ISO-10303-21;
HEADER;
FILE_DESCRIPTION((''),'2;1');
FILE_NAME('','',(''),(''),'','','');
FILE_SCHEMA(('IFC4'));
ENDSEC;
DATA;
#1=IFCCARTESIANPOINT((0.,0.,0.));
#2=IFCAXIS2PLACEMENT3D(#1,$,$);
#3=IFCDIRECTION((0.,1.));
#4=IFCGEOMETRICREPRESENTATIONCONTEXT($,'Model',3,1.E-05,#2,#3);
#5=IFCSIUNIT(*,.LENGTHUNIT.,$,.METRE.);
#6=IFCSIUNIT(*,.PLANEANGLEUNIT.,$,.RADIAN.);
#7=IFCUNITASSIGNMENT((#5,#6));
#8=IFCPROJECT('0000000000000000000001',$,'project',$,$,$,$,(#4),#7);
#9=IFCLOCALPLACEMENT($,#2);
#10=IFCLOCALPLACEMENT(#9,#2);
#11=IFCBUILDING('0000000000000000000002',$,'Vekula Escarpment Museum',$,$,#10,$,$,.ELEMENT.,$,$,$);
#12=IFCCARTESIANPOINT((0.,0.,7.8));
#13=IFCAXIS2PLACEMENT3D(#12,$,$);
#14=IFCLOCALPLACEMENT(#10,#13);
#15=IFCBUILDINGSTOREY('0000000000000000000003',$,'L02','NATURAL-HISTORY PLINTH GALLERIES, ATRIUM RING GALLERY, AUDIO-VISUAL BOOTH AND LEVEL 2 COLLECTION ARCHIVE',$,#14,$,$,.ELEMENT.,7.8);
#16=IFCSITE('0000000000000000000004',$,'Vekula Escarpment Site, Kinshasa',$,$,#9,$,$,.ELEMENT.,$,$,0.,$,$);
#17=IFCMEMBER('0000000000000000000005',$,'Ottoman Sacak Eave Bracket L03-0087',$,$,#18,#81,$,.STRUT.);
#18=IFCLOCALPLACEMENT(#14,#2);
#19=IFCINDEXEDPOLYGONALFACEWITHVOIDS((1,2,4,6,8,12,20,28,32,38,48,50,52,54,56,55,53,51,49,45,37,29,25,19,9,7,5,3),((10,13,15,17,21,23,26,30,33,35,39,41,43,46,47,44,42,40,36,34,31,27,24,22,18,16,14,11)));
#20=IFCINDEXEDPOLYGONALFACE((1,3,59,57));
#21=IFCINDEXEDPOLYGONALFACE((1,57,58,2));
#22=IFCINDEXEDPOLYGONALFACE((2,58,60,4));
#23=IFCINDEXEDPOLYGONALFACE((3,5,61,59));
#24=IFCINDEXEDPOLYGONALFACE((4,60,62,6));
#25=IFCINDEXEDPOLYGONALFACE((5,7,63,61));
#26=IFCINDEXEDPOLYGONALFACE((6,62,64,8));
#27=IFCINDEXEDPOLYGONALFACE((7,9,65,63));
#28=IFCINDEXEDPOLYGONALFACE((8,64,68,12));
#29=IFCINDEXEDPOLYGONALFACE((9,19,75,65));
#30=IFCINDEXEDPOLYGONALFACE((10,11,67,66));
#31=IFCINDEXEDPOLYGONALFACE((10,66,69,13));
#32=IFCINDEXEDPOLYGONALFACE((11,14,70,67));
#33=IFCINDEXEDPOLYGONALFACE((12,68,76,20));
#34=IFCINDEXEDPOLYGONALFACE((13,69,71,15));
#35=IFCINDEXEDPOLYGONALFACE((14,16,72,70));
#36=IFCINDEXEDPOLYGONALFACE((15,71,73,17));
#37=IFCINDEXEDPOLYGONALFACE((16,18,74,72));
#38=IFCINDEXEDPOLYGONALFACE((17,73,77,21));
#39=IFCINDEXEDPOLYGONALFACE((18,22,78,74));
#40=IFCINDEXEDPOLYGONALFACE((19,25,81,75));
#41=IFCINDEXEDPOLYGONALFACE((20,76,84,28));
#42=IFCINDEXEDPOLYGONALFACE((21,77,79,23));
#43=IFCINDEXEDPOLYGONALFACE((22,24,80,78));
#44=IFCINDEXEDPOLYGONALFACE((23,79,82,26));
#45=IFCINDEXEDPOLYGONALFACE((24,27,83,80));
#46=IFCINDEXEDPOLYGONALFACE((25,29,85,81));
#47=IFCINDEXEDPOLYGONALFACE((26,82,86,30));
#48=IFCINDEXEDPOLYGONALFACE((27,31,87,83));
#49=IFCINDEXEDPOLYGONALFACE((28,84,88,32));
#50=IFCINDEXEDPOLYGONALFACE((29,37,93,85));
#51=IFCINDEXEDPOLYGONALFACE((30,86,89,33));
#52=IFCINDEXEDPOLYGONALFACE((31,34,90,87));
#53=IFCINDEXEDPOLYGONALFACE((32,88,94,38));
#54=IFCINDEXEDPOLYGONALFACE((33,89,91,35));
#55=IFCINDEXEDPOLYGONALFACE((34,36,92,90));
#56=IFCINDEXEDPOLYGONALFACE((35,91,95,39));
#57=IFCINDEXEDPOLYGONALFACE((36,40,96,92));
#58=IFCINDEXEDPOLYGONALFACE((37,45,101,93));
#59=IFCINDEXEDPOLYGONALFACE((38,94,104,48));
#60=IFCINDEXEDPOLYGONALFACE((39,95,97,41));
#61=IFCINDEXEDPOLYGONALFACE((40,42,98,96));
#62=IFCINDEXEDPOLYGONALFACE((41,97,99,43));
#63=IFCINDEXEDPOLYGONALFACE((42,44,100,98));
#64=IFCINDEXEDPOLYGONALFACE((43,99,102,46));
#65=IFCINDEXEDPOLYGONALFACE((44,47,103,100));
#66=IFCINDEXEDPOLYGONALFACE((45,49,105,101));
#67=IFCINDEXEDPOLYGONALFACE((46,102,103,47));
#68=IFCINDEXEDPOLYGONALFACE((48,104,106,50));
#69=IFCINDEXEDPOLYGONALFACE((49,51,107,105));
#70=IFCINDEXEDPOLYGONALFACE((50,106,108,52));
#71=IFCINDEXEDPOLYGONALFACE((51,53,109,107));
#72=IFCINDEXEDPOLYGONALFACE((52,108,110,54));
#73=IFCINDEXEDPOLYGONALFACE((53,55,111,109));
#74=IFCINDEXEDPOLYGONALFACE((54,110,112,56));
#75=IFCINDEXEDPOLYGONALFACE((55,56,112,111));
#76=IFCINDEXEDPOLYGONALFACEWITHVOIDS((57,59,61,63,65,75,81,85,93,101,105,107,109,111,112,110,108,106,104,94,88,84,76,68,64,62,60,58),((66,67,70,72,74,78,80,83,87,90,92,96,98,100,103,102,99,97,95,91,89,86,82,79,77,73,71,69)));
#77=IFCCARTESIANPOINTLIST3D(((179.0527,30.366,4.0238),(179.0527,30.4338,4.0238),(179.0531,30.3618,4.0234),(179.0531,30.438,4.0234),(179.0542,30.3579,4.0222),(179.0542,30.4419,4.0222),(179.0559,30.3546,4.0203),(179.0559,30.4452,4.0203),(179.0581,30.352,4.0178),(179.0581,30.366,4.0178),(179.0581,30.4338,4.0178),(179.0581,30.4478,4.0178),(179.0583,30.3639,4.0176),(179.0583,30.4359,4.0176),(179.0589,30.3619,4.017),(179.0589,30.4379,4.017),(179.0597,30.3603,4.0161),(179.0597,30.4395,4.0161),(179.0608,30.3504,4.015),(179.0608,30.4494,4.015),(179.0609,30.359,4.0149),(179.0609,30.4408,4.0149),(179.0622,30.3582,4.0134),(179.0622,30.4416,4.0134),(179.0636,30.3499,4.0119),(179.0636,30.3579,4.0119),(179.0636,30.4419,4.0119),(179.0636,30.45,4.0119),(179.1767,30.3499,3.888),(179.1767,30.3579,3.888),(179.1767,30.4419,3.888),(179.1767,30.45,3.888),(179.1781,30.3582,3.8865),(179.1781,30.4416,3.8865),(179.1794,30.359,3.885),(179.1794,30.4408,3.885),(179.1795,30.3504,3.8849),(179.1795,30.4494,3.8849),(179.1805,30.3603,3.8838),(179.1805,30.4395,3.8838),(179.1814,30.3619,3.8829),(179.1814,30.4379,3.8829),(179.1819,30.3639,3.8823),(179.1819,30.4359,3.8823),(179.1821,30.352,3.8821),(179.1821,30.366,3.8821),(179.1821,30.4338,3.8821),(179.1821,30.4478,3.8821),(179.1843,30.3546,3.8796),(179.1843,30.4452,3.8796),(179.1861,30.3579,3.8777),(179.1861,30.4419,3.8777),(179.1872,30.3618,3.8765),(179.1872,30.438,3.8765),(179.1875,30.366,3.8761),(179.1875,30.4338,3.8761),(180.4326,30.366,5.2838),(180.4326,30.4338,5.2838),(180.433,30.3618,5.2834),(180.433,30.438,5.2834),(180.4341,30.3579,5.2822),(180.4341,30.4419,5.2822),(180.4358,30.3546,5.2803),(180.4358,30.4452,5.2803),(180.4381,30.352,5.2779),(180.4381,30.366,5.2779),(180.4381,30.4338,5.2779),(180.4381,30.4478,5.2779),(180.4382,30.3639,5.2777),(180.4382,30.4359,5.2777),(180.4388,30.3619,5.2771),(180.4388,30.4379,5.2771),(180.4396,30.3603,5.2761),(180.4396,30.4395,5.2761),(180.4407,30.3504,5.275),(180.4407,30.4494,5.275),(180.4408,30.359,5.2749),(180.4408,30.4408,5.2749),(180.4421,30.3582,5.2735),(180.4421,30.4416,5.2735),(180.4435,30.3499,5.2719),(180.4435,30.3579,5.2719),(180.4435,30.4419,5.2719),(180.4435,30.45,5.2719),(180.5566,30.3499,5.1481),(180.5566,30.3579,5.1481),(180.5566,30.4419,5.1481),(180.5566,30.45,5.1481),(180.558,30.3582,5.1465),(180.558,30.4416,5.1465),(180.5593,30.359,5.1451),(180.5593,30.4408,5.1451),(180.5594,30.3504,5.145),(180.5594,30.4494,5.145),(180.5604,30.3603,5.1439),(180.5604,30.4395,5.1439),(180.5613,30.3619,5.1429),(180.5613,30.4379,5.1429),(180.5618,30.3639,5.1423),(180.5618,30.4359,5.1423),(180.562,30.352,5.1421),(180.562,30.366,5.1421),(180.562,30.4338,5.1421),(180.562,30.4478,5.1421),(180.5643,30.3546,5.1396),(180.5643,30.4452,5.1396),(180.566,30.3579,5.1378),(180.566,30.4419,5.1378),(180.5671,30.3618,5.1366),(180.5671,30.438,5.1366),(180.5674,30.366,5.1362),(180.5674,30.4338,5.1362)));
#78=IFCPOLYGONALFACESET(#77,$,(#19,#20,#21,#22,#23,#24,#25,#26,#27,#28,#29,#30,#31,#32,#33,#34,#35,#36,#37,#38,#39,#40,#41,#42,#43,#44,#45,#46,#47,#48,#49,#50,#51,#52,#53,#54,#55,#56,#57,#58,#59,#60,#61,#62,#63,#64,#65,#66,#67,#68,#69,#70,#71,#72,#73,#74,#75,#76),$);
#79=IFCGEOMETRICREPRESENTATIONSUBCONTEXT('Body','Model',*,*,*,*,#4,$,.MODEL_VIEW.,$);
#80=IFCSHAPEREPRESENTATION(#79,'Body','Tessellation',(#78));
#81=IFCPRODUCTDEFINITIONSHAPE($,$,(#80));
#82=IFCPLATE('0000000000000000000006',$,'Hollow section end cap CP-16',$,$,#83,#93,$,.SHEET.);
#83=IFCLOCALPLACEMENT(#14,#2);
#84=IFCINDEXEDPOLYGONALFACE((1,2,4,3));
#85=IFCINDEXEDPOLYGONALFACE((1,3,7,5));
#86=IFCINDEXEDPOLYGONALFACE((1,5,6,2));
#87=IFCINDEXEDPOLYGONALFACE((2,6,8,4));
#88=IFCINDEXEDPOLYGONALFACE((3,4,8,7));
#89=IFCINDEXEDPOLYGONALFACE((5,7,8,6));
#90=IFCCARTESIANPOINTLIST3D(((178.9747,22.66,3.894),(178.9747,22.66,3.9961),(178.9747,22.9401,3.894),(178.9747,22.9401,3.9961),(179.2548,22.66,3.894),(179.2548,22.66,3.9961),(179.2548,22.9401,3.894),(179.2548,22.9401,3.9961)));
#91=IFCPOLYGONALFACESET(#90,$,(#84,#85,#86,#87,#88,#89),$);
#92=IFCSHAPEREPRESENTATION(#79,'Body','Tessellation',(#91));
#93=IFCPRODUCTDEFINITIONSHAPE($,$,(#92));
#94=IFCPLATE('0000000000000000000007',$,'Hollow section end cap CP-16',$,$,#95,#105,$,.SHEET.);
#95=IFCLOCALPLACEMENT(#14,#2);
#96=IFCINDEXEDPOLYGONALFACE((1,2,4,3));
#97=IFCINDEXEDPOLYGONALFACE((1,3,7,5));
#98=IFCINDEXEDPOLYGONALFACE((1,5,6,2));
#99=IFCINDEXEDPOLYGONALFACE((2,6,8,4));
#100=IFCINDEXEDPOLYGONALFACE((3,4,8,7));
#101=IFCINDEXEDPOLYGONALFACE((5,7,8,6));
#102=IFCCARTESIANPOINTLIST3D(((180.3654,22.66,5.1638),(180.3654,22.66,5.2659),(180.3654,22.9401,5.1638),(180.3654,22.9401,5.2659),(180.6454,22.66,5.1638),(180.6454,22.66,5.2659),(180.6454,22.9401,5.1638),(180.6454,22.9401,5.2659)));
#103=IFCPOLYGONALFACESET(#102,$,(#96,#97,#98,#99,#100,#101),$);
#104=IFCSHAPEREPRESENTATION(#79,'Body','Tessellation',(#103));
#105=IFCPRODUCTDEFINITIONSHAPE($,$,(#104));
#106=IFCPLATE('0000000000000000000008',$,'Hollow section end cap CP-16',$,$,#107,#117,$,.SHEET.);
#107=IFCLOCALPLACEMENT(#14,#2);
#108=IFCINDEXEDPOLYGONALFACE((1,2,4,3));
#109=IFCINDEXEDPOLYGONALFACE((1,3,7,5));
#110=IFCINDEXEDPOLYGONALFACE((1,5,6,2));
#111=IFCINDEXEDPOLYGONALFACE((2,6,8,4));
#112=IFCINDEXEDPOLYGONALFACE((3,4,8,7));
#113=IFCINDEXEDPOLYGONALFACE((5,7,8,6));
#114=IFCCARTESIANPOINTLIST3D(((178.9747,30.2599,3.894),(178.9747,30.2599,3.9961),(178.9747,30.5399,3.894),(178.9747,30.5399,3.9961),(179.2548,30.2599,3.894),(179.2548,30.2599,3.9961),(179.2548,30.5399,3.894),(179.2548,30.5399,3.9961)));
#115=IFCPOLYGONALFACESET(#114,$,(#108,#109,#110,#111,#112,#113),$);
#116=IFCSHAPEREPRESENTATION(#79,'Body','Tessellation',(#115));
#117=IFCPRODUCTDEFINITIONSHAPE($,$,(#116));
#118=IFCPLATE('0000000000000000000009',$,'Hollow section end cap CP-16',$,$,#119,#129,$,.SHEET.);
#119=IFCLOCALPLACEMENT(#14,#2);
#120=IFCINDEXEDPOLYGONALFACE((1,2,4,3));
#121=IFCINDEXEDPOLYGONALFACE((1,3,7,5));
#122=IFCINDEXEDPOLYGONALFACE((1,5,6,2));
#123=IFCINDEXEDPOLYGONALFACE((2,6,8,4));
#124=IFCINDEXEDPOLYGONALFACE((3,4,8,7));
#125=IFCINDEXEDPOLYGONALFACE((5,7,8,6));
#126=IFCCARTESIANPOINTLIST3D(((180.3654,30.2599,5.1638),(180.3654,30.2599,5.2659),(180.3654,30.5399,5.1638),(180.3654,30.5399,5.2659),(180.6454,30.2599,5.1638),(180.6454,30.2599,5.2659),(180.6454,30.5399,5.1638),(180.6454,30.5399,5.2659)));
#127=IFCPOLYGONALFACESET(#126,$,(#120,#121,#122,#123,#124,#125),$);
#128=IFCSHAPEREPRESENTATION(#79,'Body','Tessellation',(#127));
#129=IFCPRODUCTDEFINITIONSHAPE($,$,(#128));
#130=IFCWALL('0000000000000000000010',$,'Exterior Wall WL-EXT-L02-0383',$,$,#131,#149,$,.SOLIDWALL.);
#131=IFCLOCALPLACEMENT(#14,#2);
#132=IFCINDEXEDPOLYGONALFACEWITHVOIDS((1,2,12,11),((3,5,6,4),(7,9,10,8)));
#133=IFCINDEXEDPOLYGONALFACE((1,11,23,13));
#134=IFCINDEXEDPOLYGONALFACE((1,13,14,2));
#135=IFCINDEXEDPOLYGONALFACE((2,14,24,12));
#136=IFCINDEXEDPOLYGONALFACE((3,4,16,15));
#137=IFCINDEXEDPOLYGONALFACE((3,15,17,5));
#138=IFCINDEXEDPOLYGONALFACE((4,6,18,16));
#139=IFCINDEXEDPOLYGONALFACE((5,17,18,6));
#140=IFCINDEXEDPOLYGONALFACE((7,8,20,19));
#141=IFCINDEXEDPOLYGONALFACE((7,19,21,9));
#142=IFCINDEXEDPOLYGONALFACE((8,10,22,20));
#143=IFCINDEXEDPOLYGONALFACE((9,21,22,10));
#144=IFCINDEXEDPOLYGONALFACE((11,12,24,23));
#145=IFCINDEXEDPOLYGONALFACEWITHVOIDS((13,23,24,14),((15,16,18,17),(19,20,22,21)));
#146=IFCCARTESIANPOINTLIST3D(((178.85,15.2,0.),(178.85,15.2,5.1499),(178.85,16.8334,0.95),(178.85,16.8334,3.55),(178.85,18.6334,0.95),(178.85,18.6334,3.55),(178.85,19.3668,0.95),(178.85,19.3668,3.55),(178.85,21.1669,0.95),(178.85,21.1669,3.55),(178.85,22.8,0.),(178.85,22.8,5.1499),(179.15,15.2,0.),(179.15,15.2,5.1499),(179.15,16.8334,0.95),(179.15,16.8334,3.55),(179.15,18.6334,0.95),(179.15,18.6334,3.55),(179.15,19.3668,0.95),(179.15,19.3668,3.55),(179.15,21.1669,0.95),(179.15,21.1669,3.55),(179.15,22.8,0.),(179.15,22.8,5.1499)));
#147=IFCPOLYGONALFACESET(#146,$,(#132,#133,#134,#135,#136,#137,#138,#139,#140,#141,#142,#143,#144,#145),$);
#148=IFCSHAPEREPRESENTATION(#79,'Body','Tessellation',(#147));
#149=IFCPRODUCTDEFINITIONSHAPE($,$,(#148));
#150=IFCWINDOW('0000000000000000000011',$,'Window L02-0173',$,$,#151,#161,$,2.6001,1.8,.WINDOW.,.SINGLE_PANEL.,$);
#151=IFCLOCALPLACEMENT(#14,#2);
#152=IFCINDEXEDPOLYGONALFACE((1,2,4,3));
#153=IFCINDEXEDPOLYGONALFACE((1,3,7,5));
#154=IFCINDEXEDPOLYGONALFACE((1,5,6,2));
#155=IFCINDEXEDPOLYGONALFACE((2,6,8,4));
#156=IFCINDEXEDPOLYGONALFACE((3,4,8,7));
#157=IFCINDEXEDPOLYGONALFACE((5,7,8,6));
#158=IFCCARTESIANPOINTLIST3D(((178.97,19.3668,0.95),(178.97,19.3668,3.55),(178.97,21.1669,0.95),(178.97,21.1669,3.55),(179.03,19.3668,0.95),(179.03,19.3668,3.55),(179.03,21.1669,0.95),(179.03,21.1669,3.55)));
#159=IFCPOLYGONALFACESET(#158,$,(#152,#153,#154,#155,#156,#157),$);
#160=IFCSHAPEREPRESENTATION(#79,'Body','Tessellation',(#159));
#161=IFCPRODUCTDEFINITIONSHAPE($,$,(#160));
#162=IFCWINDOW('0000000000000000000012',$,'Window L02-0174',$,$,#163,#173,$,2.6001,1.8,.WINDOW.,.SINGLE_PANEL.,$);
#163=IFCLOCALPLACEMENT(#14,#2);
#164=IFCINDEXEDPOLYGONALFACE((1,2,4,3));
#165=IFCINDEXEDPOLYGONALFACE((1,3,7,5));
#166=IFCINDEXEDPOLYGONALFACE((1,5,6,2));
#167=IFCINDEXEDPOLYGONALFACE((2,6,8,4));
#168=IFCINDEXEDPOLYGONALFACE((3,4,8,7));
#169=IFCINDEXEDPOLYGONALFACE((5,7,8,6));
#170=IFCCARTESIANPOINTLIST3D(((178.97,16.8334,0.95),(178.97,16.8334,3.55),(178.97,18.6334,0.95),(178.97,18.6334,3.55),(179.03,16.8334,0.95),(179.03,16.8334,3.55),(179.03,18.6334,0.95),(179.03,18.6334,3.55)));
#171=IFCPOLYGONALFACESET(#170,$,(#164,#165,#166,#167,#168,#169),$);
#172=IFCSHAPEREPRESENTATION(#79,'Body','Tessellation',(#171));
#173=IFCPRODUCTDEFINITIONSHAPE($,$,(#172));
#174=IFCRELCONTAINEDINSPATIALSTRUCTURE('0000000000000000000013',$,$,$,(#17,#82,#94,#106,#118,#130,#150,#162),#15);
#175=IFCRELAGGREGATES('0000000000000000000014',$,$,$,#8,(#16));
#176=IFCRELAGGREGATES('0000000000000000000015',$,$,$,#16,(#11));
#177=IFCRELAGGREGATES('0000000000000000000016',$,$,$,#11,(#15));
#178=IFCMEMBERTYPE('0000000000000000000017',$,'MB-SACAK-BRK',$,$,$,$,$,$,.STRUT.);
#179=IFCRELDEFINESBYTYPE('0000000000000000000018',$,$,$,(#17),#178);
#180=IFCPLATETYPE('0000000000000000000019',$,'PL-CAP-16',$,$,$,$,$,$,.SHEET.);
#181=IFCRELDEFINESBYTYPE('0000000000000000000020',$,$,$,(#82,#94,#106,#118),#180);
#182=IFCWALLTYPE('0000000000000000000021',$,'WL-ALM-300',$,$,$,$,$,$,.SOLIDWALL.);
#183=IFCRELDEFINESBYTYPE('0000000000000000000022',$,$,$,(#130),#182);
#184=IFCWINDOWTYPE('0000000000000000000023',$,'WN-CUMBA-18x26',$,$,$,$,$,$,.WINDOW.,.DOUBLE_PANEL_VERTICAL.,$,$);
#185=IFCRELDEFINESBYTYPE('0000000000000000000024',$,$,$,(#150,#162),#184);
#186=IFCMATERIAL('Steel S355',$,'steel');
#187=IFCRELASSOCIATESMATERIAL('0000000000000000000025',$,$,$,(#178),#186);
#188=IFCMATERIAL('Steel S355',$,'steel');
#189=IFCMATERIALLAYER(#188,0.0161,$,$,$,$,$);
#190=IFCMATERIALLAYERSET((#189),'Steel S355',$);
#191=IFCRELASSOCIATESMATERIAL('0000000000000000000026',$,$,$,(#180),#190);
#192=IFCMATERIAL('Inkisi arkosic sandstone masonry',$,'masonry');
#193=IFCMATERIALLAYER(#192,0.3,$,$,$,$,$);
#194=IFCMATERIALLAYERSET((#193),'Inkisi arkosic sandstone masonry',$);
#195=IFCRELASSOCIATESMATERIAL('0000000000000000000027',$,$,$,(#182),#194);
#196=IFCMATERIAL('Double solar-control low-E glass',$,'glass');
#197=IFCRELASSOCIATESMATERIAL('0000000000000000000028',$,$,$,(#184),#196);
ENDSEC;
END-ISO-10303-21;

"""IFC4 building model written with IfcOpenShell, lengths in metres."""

from ifc_helpers import new_model, si_unit, direction, frame, frame_2d, origin, origin_2d, place, context, subcontext, project, spatial, rectangle, hollow_rectangle, extrude, material, layer, layer_set, material_profile, profile_set, type_object, element, fill, save


model = new_model("IFC4")

# Units and contexts
model_context = context("Model", 3, precision=1e-05, world=origin(), true_north=direction((0.0, 1.0)))
body_context = subcontext(model_context, "Body", "Model", "MODEL_VIEW")
ifc_project = project(units=[si_unit("LENGTHUNIT", "METRE"), si_unit("PLANEANGLEUNIT", "RADIAN")], contexts=[model_context])

# Site, building, storey
site_placement = place(None, origin())
site = spatial("IfcSite", under=ifc_project, at=site_placement, Name="Vekula Escarpment Site, Kinshasa", CompositionType="ELEMENT", RefElevation=0.0)
building_placement = place(site_placement, origin())
building = spatial("IfcBuilding", under=site, at=building_placement, Name="Vekula Escarpment Museum", CompositionType="ELEMENT")
storey_placement = place(building_placement, frame((0.0, 0.0, 7.8)))
storey = spatial("IfcBuildingStorey", under=building, at=storey_placement, Name="L02", Description="NATURAL-HISTORY PLINTH GALLERIES, ATRIUM RING GALLERY, AUDIO-VISUAL BOOTH AND LEVEL 2 COLLECTION ARCHIVE", CompositionType="ELEMENT", Elevation=7.8)

# Member
ifc_material_1 = material(Name="Steel S355", Category="steel")
ifc_material_profile_1 = material_profile(ifc_material_1, hollow_rectangle(XDim=0.1001, YDim=0.2, WallThickness=0.0081, InnerFilletRadius=0.0081, OuterFilletRadius=0.0161, at=origin_2d()), Name="RHS 200x100x8")
ifc_profile_set_1 = profile_set([ifc_material_profile_1], Name="Steel S355")
member_type = type_object("IfcMemberType", Name="MB-SACAK-BRK", PredefinedType="STRUT", material=ifc_profile_set_1)
for number, where, z_axis, x_axis, name in (
    (1, (179.1201, 30.3999, 3.95), (0.738454, 0.0, 0.674303), (0.0, 1.0, 0.0), "Ottoman Sacak Eave Bracket L03-0087"),
):
    element("IfcMember", number, at=place(storey_placement, frame(where, z_axis=z_axis, x_axis=x_axis)), inside=storey, type_object=member_type, Name=name, PredefinedType="STRUT", context=body_context, shape_type="SweptSolid", body=[
        extrude(hollow_rectangle(XDim=0.1001, YDim=0.2, WallThickness=0.0081, InnerFilletRadius=0.0081, OuterFilletRadius=0.0161, at=origin_2d()), origin(), (0.0, 0.0, 1.0), 1.8687),
    ])

# Plates
ifc_material_2 = material(Name="Steel S355", Category="steel")
ifc_layer_1 = layer(ifc_material_2, 0.0161)
ifc_layer_set_1 = layer_set([ifc_layer_1], Name="Steel S355")
plate_type = type_object("IfcPlateType", Name="PL-CAP-16", PredefinedType="SHEET", material=ifc_layer_set_1)
for number, where, z_axis, x_axis, name in (
    (2, (179.1147, 22.8, 3.894), (0.0, 0.0, 1.0), (1.0, 0.0, 0.0), "Hollow section end cap CP-16"),
    (3, (180.5054, 22.8, 5.1638), (0.0, 0.0, 1.0), (1.0, 0.0, 0.0), "Hollow section end cap CP-16"),
    (4, (179.1147, 30.3999, 3.894), (0.0, 0.0, 1.0), (1.0, 0.0, 0.0), "Hollow section end cap CP-16"),
    (5, (180.5054, 30.3999, 5.1638), (0.0, 0.0, 1.0), (1.0, 0.0, 0.0), "Hollow section end cap CP-16"),
):
    element("IfcPlate", number, at=place(storey_placement, frame(where, z_axis=z_axis, x_axis=x_axis)), inside=storey, type_object=plate_type, Name=name, PredefinedType="SHEET", context=body_context, shape_type="SweptSolid", body=[
        extrude(rectangle(XDim=0.28, YDim=0.28, at=origin_2d()), origin(), (0.0, 0.0, 1.0), 0.1021),
    ])

# Wall, openings, windows
ifc_material_3 = material(Name="Inkisi arkosic sandstone masonry", Category="masonry")
ifc_layer_2 = layer(ifc_material_3, 0.3)
ifc_layer_set_2 = layer_set([ifc_layer_2], Name="Inkisi arkosic sandstone masonry")
wall_type_1 = type_object("IfcWallType", Name="WL-ALM-300", PredefinedType="SOLIDWALL", material=ifc_layer_set_2)
wall_1_placement = place(storey_placement, frame((179.0, 22.8, 0.0), z_axis=(0.0, 0.0, 1.0), x_axis=(0.0, -1.0, 0.0)))
wall_1 = element("IfcWall", 6, at=wall_1_placement, inside=storey, type_object=wall_type_1, Name="Exterior Wall WL-EXT-L02-0383", PredefinedType="SOLIDWALL", context=body_context, shape_type="SweptSolid", body=[
    extrude(rectangle(XDim=7.6001, YDim=0.3, at=frame_2d((3.8, 0.0))), origin(), (0.0, 0.0, 1.0), 5.1499),
])
opening_1_placement = place(wall_1_placement, frame((1.6333, 0.0, 0.95)))
opening_1 = element("IfcOpeningElement", 7, at=opening_1_placement, cuts=wall_1, PredefinedType="OPENING", context=body_context, shape_type="SweptSolid", body=[
    extrude(rectangle(XDim=1.8, YDim=2.6001, at=frame_2d((0.8999, 1.3))), frame((0.0, 0.1599, 0.0), z_axis=(0.0, -1.0, 0.0), x_axis=(1.0, 0.0, 0.0)), (0.0, 0.0, 1.0), 0.3201),
])
opening_2_placement = place(wall_1_placement, frame((4.1667, 0.0, 0.95)))
opening_2 = element("IfcOpeningElement", 8, at=opening_2_placement, cuts=wall_1, PredefinedType="OPENING", context=body_context, shape_type="SweptSolid", body=[
    extrude(rectangle(XDim=1.8, YDim=2.6001, at=frame_2d((0.8999, 1.3))), frame((0.0, 0.1599, 0.0), z_axis=(0.0, -1.0, 0.0), x_axis=(1.0, 0.0, 0.0)), (0.0, 0.0, 1.0), 0.3201),
])
ifc_material_4 = material(Name="Double solar-control low-E glass", Category="glass")
window_type_1 = type_object("IfcWindowType", Name="WN-CUMBA-18x26", PartitioningType="DOUBLE_PANEL_VERTICAL", PredefinedType="WINDOW", material=ifc_material_4)
window_1_placement = place(opening_1_placement, origin())
window_1 = element("IfcWindow", 9, at=window_1_placement, inside=storey, type_object=window_type_1, Name="Window L02-0173", OverallHeight=2.6001, OverallWidth=1.8, PartitioningType="SINGLE_PANEL", PredefinedType="WINDOW", context=body_context, shape_type="SweptSolid", body=[
    extrude(rectangle(XDim=1.8, YDim=2.6001, at=frame_2d((0.8999, 1.3))), frame((0.0, 0.03, 0.0), z_axis=(0.0, -1.0, 0.0), x_axis=(1.0, 0.0, 0.0)), (0.0, 0.0, 1.0), 0.0601),
])
fill(opening_1, window_1)
window_2_placement = place(opening_2_placement, origin())
window_2 = element("IfcWindow", 10, at=window_2_placement, inside=storey, type_object=window_type_1, Name="Window L02-0174", OverallHeight=2.6001, OverallWidth=1.8, PartitioningType="SINGLE_PANEL", PredefinedType="WINDOW", context=body_context, shape_type="SweptSolid", body=[
    extrude(rectangle(XDim=1.8, YDim=2.6001, at=frame_2d((0.8999, 1.3))), frame((0.0, 0.03, 0.0), z_axis=(0.0, -1.0, 0.0), x_axis=(1.0, 0.0, 0.0)), (0.0, 0.0, 1.0), 0.0601),
])
fill(opening_2, window_2)

save(model, "model.ifc")
